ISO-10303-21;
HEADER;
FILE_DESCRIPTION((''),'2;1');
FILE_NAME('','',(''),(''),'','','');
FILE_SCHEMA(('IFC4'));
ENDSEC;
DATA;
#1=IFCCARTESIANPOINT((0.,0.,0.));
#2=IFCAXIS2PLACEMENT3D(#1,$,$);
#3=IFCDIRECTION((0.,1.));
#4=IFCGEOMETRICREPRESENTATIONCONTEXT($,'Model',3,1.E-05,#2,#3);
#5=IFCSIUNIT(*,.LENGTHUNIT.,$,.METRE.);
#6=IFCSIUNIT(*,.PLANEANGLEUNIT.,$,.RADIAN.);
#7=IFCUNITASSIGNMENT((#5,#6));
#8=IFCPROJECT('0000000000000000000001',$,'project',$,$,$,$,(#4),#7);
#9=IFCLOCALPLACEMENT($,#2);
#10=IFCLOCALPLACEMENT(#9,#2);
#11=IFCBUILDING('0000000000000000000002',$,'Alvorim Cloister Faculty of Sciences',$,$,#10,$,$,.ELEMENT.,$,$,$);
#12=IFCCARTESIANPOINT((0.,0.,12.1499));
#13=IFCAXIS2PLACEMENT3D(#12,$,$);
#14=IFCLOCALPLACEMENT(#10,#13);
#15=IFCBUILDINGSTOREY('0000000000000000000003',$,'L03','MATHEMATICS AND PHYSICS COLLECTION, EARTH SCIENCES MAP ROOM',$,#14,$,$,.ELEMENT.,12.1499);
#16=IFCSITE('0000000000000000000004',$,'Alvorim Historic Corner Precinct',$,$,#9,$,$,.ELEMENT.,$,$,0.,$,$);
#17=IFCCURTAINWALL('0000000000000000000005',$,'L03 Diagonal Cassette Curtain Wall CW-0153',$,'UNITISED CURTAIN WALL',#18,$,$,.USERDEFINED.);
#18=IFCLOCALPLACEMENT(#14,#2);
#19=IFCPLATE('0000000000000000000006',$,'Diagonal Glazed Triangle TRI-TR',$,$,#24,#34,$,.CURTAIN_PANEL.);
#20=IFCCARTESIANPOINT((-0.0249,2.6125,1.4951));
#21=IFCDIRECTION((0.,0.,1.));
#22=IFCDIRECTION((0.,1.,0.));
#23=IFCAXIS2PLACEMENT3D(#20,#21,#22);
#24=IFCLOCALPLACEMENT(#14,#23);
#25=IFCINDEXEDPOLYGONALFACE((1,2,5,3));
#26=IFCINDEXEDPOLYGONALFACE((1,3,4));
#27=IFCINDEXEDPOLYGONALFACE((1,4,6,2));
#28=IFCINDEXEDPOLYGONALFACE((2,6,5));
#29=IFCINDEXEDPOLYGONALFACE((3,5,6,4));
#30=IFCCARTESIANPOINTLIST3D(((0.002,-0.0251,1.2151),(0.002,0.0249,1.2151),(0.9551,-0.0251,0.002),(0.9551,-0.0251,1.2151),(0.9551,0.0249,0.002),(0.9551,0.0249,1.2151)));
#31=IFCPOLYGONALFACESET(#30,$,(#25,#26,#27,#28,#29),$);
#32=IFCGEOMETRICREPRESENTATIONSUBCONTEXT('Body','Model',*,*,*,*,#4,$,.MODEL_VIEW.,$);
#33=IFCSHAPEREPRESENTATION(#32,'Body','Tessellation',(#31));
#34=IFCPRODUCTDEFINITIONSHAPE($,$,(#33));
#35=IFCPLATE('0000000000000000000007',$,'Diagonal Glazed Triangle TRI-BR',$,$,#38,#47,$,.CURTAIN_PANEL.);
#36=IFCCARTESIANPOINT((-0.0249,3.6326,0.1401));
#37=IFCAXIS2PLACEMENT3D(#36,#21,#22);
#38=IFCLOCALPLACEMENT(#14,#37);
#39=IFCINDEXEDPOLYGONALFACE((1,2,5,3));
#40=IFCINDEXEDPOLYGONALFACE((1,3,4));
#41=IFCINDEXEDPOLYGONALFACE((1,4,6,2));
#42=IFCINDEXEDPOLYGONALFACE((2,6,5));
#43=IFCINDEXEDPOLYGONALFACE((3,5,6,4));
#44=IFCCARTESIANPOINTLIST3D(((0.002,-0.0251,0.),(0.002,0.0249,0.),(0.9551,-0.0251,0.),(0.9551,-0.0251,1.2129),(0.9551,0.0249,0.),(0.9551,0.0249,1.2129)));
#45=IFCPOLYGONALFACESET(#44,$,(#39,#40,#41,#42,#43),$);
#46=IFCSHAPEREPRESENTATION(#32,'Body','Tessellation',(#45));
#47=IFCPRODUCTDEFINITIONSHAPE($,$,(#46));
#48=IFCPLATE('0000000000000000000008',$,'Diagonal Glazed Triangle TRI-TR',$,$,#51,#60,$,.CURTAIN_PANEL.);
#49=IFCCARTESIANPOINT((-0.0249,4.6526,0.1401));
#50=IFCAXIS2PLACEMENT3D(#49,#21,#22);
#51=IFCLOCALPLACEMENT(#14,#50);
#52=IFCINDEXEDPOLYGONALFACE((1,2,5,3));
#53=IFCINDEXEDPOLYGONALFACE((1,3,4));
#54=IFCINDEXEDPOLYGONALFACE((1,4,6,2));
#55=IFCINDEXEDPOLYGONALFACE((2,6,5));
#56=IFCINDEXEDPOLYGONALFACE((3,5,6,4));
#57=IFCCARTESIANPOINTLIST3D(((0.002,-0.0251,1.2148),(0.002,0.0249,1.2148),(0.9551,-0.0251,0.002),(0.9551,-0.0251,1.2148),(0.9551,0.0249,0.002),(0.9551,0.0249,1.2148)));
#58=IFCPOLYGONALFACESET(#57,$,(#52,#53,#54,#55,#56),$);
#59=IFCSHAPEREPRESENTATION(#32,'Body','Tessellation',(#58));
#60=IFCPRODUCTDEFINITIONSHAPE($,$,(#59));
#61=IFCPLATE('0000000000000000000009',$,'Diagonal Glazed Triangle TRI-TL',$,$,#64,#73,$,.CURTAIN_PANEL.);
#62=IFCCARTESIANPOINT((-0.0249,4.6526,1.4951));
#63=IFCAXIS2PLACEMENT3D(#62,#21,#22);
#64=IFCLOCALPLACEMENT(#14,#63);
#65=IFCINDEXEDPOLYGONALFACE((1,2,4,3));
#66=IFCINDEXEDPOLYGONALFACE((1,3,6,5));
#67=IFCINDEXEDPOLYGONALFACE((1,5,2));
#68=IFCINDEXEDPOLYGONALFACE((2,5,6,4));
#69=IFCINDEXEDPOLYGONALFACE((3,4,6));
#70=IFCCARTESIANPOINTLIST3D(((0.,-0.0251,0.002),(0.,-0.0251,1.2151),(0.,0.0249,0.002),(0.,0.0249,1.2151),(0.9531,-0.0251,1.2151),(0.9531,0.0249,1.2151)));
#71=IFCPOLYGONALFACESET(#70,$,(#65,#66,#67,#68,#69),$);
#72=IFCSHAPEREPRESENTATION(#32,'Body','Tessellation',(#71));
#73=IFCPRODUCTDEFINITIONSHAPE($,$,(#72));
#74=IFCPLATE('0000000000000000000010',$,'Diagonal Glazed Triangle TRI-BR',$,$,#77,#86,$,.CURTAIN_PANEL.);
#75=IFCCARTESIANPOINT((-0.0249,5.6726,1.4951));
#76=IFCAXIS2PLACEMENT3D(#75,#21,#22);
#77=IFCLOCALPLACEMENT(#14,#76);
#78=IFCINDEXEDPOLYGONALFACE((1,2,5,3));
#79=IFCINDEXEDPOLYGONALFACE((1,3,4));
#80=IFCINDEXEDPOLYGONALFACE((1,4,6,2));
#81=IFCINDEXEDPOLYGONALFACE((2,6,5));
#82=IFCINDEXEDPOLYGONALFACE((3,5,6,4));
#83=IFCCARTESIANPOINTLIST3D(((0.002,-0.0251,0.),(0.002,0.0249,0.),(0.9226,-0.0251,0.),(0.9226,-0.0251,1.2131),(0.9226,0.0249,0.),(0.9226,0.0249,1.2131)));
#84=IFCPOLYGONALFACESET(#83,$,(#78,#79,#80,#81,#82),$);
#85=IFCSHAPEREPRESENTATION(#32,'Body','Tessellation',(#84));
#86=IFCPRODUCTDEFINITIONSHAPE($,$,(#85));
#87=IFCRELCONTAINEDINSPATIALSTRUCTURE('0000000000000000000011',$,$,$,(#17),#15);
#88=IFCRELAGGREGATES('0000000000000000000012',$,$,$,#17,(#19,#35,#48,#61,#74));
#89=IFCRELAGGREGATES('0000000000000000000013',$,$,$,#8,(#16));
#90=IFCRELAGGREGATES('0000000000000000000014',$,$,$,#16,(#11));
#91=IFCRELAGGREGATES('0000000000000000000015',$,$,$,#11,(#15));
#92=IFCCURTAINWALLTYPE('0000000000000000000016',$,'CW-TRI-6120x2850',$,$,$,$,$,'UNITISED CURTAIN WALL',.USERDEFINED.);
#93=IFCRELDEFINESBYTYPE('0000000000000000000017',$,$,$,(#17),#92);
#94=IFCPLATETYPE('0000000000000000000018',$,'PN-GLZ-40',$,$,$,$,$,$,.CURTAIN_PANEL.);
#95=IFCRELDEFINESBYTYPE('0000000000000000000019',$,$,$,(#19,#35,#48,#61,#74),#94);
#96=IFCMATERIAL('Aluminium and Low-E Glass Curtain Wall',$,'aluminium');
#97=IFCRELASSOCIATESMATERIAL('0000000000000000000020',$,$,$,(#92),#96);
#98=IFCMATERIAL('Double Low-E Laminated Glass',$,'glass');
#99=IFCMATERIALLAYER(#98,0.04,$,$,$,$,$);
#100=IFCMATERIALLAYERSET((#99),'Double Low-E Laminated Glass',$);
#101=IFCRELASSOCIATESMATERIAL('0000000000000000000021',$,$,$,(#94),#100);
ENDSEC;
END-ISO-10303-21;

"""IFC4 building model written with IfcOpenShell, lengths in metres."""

from ifc_helpers import new_model, si_unit, direction, frame, origin, place, context, subcontext, project, spatial, polyline, outline, extrude, material, layer, layer_set, type_object, element, aggregate, save


model = new_model("IFC4")

# Units and contexts
model_context = context("Model", 3, precision=1e-05, world=origin(), true_north=direction((0.0, 1.0)))
body_context = subcontext(model_context, "Body", "Model", "MODEL_VIEW")
ifc_project = project(units=[si_unit("LENGTHUNIT", "METRE"), si_unit("PLANEANGLEUNIT", "RADIAN")], contexts=[model_context])

# Site, building, storey
site_placement = place(None, origin())
site = spatial("IfcSite", under=ifc_project, at=site_placement, Name="Alvorim Historic Corner Precinct", CompositionType="ELEMENT", RefElevation=0.0)
building_placement = place(site_placement, origin())
building = spatial("IfcBuilding", under=site, at=building_placement, Name="Alvorim Cloister Faculty of Sciences", CompositionType="ELEMENT")
storey_placement = place(building_placement, frame((0.0, 0.0, 12.1499)))
storey = spatial("IfcBuildingStorey", under=building, at=storey_placement, Name="L03", Description="MATHEMATICS AND PHYSICS COLLECTION, EARTH SCIENCES MAP ROOM", CompositionType="ELEMENT", Elevation=12.1499)

# Curtain wall, plates
ifc_material_1 = material(Name="Aluminium and Low-E Glass Curtain Wall", Category="aluminium")
curtain_wall_type = type_object("IfcCurtainWallType", Name="CW-TRI-6120x2850", ElementType="UNITISED CURTAIN WALL", PredefinedType="USERDEFINED", material=ifc_material_1)
curtain_wall_placement = place(storey_placement, origin())
curtain_wall = element("IfcCurtainWall", 1, at=curtain_wall_placement, inside=storey, type_object=curtain_wall_type, Name="L03 Diagonal Cassette Curtain Wall CW-0153", ObjectType="UNITISED CURTAIN WALL", PredefinedType="USERDEFINED")
ifc_material_2 = material(Name="Double Low-E Laminated Glass", Category="glass")
ifc_layer = layer(ifc_material_2, 0.04)
ifc_layer_set = layer_set([ifc_layer], Name="Double Low-E Laminated Glass")
plate_type = type_object("IfcPlateType", Name="PN-GLZ-40", PredefinedType="CURTAIN_PANEL", material=ifc_layer_set)
plate_1_placement = place(storey_placement, frame((-0.0249, 2.6125, 1.4951), z_axis=(0.0, 0.0, 1.0), x_axis=(0.0, 1.0, 0.0)))
plate_1 = element("IfcPlate", 2, at=plate_1_placement, type_object=plate_type, Name="Diagonal Glazed Triangle TRI-TR", PredefinedType="CURTAIN_PANEL", context=body_context, shape_type="SweptSolid", body=[
    extrude(outline(polyline([(0.9551, 0.002), (0.9551, 1.2151), (0.002, 1.2151), (0.9551, 0.002)])), frame((0.0, 0.0249, 0.0), z_axis=(0.0, -1.0, 0.0), x_axis=(1.0, 0.0, 0.0)), (0.0, 0.0, 1.0), 0.05),
])
plate_2_placement = place(storey_placement, frame((-0.0249, 3.6326, 0.1401), z_axis=(0.0, 0.0, 1.0), x_axis=(0.0, 1.0, 0.0)))
plate_2 = element("IfcPlate", 3, at=plate_2_placement, type_object=plate_type, Name="Diagonal Glazed Triangle TRI-BR", PredefinedType="CURTAIN_PANEL", context=body_context, shape_type="SweptSolid", body=[
    extrude(outline(polyline([(0.002, 0.0), (0.9551, 0.0), (0.9551, 1.2129), (0.002, 0.0)])), frame((0.0, 0.0249, 0.0), z_axis=(0.0, -1.0, 0.0), x_axis=(1.0, 0.0, 0.0)), (0.0, 0.0, 1.0), 0.05),
])
plate_3_placement = place(storey_placement, frame((-0.0249, 4.6526, 0.1401), z_axis=(0.0, 0.0, 1.0), x_axis=(0.0, 1.0, 0.0)))
plate_3 = element("IfcPlate", 4, at=plate_3_placement, type_object=plate_type, Name="Diagonal Glazed Triangle TRI-TR", PredefinedType="CURTAIN_PANEL", context=body_context, shape_type="SweptSolid", body=[
    extrude(outline(polyline([(0.9551, 0.002), (0.9551, 1.2148), (0.002, 1.2148), (0.9551, 0.002)])), frame((0.0, 0.0249, 0.0), z_axis=(0.0, -1.0, 0.0), x_axis=(1.0, 0.0, 0.0)), (0.0, 0.0, 1.0), 0.05),
])
plate_4_placement = place(storey_placement, frame((-0.0249, 4.6526, 1.4951), z_axis=(0.0, 0.0, 1.0), x_axis=(0.0, 1.0, 0.0)))
plate_4 = element("IfcPlate", 5, at=plate_4_placement, type_object=plate_type, Name="Diagonal Glazed Triangle TRI-TL", PredefinedType="CURTAIN_PANEL", context=body_context, shape_type="SweptSolid", body=[
    extrude(outline(polyline([(0.9531, 1.2151), (0.0, 1.2151), (0.0, 0.002), (0.9531, 1.2151)])), frame((0.0, 0.0249, 0.0), z_axis=(0.0, -1.0, 0.0), x_axis=(1.0, 0.0, 0.0)), (0.0, 0.0, 1.0), 0.05),
])
plate_5_placement = place(storey_placement, frame((-0.0249, 5.6726, 1.4951), z_axis=(0.0, 0.0, 1.0), x_axis=(0.0, 1.0, 0.0)))
plate_5 = element("IfcPlate", 6, at=plate_5_placement, type_object=plate_type, Name="Diagonal Glazed Triangle TRI-BR", PredefinedType="CURTAIN_PANEL", context=body_context, shape_type="SweptSolid", body=[
    extrude(outline(polyline([(0.002, 0.0), (0.9226, 0.0), (0.9226, 1.2131), (0.002, 0.0)])), frame((0.0, 0.0249, 0.0), z_axis=(0.0, -1.0, 0.0), x_axis=(1.0, 0.0, 0.0)), (0.0, 0.0, 1.0), 0.05),
])
aggregate(curtain_wall, [plate_1, plate_2, plate_3, plate_4, plate_5])

save(model, "model.ifc")
